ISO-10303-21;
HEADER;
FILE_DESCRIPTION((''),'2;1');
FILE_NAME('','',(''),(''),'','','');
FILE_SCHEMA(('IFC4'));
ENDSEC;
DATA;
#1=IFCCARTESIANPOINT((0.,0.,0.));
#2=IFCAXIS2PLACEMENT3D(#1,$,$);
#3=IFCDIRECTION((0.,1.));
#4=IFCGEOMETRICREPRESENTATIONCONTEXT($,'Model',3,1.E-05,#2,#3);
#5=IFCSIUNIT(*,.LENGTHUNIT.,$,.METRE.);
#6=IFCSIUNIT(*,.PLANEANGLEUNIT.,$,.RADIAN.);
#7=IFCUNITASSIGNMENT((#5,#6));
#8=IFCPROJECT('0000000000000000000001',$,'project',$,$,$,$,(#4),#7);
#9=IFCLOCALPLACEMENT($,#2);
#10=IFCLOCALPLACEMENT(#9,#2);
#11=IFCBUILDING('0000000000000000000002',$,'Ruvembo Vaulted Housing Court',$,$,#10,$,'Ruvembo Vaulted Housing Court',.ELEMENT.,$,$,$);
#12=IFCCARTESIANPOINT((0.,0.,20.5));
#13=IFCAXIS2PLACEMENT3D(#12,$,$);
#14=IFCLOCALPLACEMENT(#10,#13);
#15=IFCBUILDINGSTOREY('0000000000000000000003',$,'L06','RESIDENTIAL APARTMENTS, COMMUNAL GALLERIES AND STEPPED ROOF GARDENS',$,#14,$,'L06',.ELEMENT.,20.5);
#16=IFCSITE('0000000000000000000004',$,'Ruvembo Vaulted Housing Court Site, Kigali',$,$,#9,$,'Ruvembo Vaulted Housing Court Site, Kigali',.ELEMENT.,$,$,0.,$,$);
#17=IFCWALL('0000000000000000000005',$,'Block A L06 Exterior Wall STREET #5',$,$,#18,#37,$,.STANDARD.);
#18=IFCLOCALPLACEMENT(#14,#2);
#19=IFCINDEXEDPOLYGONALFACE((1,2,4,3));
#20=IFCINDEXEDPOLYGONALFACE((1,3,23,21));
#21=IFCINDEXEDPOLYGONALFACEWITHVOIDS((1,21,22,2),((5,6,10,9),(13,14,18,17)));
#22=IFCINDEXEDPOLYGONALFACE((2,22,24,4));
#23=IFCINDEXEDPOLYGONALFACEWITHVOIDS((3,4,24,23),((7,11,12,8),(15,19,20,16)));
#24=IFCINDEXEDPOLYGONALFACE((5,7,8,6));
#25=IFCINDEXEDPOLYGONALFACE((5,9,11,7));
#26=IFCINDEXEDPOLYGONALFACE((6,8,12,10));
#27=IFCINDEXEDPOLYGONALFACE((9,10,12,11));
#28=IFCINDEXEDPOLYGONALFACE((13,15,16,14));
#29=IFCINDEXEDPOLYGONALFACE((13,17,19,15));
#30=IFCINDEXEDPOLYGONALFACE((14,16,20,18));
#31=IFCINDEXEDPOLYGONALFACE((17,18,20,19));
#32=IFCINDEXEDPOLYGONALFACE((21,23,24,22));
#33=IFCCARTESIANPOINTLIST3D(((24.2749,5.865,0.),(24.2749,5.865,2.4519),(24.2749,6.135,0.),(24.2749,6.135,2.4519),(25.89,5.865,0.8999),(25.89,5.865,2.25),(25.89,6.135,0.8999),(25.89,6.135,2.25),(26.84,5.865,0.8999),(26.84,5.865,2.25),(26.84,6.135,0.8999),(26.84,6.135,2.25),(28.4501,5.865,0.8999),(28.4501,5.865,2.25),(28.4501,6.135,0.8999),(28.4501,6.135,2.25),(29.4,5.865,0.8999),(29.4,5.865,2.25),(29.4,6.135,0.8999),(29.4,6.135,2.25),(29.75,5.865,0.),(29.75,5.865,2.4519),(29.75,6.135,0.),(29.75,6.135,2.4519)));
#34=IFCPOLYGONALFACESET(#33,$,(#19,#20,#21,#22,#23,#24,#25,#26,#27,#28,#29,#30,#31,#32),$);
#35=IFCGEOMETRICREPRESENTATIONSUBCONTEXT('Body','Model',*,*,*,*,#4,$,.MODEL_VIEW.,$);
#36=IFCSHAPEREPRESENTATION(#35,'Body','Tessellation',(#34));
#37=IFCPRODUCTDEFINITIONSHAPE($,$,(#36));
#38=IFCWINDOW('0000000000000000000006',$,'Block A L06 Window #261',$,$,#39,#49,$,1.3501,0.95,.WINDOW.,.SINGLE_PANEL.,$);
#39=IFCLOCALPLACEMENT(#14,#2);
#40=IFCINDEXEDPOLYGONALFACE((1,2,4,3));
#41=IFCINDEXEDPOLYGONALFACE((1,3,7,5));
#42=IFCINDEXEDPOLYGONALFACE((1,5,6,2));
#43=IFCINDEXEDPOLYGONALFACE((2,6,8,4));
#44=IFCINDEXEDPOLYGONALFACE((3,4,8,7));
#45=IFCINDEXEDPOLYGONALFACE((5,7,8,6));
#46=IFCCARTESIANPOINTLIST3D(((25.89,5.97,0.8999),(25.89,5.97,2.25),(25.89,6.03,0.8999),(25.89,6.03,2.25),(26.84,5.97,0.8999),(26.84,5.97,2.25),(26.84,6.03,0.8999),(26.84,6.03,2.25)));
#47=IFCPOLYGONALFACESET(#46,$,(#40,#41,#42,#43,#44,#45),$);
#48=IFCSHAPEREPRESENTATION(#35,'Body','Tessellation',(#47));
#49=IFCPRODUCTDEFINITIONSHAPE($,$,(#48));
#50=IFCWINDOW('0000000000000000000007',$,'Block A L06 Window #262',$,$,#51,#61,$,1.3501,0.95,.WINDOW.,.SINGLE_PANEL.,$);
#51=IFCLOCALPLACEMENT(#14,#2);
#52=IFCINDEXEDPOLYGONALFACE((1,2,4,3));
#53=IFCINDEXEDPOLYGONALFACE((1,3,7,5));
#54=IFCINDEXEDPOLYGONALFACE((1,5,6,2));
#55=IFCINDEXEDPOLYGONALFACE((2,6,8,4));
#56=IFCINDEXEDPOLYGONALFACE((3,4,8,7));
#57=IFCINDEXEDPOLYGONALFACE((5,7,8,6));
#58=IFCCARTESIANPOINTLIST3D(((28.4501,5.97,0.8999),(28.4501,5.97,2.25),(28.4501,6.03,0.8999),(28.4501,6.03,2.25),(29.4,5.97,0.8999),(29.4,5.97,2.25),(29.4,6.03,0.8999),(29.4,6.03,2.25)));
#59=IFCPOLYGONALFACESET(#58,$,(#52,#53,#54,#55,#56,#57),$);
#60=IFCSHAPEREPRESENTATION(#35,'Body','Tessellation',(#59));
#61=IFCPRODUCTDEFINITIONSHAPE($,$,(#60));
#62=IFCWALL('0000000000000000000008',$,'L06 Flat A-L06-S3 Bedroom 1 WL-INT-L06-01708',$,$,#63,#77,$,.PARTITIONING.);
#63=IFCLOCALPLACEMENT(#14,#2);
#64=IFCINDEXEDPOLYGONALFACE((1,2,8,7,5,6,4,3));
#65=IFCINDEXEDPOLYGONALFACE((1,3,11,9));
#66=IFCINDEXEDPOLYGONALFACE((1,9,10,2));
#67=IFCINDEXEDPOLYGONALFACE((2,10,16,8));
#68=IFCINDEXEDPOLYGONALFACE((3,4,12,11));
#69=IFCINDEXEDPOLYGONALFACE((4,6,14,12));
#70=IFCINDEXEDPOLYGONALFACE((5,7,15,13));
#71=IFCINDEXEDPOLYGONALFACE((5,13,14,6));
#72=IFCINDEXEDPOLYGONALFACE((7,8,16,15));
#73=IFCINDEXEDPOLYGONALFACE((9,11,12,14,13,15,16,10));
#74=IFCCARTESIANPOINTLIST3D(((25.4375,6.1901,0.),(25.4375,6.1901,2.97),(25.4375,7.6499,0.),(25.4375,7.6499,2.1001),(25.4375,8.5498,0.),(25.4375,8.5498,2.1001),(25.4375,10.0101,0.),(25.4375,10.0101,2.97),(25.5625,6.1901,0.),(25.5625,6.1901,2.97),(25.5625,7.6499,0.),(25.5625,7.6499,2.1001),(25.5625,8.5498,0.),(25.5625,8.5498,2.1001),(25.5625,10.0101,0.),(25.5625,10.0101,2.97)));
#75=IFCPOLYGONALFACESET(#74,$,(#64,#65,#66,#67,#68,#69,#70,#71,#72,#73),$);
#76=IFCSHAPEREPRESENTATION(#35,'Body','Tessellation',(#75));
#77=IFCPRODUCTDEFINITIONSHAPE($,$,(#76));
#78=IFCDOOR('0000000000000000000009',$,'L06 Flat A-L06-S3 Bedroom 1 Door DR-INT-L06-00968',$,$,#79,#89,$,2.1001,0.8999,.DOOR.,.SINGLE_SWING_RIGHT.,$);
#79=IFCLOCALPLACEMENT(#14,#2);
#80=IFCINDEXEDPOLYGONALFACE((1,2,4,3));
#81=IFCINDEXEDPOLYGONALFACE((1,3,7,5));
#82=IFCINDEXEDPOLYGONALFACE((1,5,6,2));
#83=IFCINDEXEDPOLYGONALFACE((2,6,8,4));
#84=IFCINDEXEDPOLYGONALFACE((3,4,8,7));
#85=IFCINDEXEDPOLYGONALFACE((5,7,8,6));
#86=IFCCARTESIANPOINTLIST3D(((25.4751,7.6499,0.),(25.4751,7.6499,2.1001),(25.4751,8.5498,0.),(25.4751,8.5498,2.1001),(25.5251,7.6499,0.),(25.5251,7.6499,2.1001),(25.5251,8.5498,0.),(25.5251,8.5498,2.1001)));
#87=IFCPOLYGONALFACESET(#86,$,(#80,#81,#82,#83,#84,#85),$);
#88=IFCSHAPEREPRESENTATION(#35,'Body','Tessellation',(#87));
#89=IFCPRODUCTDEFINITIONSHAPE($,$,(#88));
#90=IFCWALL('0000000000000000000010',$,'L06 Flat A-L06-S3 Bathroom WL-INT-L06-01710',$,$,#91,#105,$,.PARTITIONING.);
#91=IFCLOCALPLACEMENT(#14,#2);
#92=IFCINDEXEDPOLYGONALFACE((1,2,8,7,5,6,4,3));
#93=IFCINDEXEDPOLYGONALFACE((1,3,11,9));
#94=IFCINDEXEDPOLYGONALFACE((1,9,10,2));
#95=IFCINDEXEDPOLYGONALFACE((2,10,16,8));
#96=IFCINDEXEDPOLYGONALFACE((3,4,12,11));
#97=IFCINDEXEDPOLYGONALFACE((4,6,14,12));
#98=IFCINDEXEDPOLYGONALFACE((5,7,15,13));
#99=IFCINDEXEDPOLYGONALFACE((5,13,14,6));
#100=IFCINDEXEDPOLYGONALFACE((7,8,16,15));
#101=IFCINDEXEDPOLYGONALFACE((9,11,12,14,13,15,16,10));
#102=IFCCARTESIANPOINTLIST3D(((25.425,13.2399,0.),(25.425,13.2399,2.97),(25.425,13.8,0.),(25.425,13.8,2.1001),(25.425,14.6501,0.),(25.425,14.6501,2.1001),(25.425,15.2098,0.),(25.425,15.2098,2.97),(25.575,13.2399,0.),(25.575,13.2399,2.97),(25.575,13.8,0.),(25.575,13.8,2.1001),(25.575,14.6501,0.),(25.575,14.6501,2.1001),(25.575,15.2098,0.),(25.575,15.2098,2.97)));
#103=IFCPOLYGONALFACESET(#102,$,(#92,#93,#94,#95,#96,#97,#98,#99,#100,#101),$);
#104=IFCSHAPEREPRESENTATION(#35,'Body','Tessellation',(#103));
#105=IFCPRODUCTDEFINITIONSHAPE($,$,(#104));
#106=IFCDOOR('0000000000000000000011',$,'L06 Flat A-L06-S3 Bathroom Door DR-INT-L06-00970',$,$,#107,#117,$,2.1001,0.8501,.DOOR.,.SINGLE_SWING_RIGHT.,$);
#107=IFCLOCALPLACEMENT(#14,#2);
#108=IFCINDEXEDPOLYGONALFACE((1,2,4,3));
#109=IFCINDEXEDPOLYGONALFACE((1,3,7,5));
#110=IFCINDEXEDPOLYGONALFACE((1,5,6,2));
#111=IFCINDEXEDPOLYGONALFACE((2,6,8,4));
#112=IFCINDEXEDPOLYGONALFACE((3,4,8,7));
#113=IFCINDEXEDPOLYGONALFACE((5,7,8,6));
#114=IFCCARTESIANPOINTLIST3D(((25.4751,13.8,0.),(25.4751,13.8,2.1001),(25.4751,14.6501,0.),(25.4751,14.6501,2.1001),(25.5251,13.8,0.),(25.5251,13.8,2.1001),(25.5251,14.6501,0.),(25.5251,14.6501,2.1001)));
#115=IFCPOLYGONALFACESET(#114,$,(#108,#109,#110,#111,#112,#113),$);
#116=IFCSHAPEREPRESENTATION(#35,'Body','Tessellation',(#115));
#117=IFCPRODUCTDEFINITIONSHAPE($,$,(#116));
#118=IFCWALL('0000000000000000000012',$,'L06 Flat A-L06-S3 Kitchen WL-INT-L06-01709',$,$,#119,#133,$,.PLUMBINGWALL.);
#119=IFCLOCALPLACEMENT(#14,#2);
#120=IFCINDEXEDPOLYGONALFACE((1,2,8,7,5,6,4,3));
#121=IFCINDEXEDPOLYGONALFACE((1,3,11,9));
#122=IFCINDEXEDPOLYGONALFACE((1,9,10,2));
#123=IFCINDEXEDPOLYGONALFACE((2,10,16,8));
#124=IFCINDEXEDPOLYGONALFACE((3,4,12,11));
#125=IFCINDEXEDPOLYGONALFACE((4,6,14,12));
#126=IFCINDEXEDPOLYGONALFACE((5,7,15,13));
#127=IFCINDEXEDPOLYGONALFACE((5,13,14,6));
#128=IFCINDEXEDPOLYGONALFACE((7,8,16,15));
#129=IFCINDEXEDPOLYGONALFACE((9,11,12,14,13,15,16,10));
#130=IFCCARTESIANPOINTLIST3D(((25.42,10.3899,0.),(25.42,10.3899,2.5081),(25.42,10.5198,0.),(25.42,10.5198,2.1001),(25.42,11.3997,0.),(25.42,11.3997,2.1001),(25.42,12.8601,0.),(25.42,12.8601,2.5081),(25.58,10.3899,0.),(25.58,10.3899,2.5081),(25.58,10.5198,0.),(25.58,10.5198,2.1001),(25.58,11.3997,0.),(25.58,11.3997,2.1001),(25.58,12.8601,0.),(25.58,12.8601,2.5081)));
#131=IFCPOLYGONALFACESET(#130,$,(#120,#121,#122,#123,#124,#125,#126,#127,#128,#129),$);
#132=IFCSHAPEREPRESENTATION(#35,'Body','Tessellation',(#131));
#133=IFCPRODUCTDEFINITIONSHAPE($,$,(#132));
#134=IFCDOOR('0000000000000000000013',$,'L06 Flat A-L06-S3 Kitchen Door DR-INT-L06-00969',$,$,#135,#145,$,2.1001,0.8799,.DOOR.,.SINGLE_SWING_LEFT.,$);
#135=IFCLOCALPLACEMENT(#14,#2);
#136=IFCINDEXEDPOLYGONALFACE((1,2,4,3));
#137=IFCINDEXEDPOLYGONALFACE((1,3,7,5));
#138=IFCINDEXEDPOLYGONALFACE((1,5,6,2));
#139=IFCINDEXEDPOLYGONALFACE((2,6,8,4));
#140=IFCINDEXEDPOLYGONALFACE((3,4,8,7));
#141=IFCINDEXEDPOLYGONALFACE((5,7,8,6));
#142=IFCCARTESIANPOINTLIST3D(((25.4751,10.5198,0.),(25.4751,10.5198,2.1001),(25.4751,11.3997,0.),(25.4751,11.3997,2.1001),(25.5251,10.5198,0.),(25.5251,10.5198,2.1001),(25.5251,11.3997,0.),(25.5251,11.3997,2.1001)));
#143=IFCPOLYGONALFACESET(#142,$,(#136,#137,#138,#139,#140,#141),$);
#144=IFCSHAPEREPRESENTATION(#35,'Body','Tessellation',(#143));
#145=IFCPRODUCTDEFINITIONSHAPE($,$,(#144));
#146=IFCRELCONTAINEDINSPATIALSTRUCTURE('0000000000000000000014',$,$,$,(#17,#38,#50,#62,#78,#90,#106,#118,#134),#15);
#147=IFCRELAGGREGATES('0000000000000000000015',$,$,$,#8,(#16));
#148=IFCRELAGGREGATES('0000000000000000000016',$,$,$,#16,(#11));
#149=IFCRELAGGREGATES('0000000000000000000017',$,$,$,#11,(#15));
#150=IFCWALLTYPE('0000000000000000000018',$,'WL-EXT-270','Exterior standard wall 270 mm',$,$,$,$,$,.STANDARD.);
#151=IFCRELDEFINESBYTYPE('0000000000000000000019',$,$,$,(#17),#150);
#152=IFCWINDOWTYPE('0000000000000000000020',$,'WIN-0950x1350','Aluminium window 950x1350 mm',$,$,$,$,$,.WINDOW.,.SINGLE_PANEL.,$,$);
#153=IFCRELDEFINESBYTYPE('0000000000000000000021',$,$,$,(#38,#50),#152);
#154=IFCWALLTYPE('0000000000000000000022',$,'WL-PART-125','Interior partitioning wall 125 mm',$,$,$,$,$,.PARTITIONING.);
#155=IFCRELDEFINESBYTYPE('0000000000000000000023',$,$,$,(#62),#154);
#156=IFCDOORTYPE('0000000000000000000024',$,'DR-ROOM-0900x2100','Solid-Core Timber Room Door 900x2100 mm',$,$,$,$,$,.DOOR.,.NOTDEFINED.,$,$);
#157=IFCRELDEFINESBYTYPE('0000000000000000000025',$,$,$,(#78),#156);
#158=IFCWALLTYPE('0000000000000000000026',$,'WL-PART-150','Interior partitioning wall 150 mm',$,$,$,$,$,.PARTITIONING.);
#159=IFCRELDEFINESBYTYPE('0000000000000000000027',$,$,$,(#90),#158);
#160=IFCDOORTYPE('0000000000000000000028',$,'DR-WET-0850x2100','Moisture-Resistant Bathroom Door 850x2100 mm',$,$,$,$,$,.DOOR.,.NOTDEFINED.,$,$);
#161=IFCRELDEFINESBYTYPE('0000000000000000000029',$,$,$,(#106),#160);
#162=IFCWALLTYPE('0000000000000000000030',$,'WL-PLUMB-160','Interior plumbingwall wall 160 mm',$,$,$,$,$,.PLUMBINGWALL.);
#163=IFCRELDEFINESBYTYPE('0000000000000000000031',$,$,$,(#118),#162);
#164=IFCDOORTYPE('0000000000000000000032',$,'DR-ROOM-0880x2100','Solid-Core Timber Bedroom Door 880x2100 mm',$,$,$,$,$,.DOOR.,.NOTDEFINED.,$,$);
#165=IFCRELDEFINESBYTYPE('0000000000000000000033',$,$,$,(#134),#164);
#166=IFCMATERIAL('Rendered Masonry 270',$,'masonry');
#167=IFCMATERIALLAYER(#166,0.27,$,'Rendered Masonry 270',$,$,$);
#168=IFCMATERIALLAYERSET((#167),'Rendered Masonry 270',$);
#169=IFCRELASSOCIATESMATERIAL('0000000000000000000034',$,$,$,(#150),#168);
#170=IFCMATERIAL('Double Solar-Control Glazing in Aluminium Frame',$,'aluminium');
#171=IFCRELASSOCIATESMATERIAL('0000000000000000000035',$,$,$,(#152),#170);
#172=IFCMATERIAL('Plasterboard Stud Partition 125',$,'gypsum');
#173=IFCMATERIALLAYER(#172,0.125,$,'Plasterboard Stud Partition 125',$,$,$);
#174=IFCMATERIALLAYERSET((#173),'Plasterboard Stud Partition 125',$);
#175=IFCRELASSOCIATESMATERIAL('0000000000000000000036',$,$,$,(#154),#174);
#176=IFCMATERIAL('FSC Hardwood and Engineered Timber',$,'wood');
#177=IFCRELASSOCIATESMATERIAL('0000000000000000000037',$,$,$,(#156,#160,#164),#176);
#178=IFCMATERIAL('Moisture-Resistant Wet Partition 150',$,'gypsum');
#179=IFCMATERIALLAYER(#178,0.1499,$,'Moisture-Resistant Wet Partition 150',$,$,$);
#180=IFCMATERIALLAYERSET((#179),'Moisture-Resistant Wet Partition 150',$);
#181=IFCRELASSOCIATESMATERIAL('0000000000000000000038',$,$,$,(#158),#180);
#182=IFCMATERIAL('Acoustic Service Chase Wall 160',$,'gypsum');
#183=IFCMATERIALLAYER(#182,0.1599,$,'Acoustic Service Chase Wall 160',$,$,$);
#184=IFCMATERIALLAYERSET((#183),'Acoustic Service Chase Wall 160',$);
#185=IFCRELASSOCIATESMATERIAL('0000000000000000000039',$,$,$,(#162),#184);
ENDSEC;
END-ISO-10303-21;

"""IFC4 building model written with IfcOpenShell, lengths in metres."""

from ifc_helpers import new_model, si_unit, direction, frame, frame_2d, origin, place, context, subcontext, project, spatial, rectangle, extrude, material, layer, layer_set, type_object, element, fill, save


model = new_model("IFC4")

# Units and contexts
model_context = context("Model", 3, precision=1e-05, world=origin(), true_north=direction((0.0, 1.0)))
body_context = subcontext(model_context, "Body", "Model", "MODEL_VIEW")
ifc_project = project(units=[si_unit("LENGTHUNIT", "METRE"), si_unit("PLANEANGLEUNIT", "RADIAN")], contexts=[model_context])

# Site, building, storey
site_placement = place(None, origin())
site = spatial("IfcSite", under=ifc_project, at=site_placement, Name="Ruvembo Vaulted Housing Court Site, Kigali", LongName="Ruvembo Vaulted Housing Court Site, Kigali", CompositionType="ELEMENT", RefElevation=0.0)
building_placement = place(site_placement, origin())
building = spatial("IfcBuilding", under=site, at=building_placement, Name="Ruvembo Vaulted Housing Court", LongName="Ruvembo Vaulted Housing Court", CompositionType="ELEMENT")
storey_placement = place(building_placement, frame((0.0, 0.0, 20.5)))
storey = spatial("IfcBuildingStorey", under=building, at=storey_placement, Name="L06", Description="RESIDENTIAL APARTMENTS, COMMUNAL GALLERIES AND STEPPED ROOF GARDENS", LongName="L06", CompositionType="ELEMENT", Elevation=20.5)

# Shared definitions
ifc_material_1 = material(Name="FSC Hardwood and Engineered Timber", Category="wood")

# Wall, openings, windows
ifc_material_2 = material(Name="Rendered Masonry 270", Category="masonry")
ifc_layer_1 = layer(ifc_material_2, 0.27, Name="Rendered Masonry 270")
ifc_layer_set_1 = layer_set([ifc_layer_1], Name="Rendered Masonry 270")
wall_type_1 = type_object("IfcWallType", Name="WL-EXT-270", Description="Exterior standard wall 270 mm", PredefinedType="STANDARD", material=ifc_layer_set_1)
wall_1_placement = place(storey_placement, frame((24.2749, 6.0, 0.0), z_axis=(0.0, 0.0, 1.0), x_axis=(1.0, 0.0, 0.0)))
wall_1 = element("IfcWall", 1, at=wall_1_placement, inside=storey, type_object=wall_type_1, Name="Block A L06 Exterior Wall STREET #5", PredefinedType="STANDARD", context=body_context, shape_type="SweptSolid", body=[
    extrude(rectangle(XDim=5.4751, YDim=0.27, at=frame_2d((2.7375, 0.0))), origin(), (0.0, 0.0, 1.0), 2.4519),
])
opening_1_placement = place(wall_1_placement, frame((1.615, 0.0, 0.8999)))
opening_1 = element("IfcOpeningElement", 2, at=opening_1_placement, cuts=wall_1, PredefinedType="OPENING", context=body_context, shape_type="SweptSolid", body=[
    extrude(rectangle(XDim=0.95, YDim=1.3501, at=frame_2d((0.4751, 0.675))), frame((0.0, 0.145, 0.0), z_axis=(0.0, -1.0, 0.0), x_axis=(1.0, 0.0, 0.0)), (0.0, 0.0, 1.0), 0.29),
])
opening_2_placement = place(wall_1_placement, frame((4.175, 0.0, 0.8999)))
opening_2 = element("IfcOpeningElement", 3, at=opening_2_placement, cuts=wall_1, PredefinedType="OPENING", context=body_context, shape_type="SweptSolid", body=[
    extrude(rectangle(XDim=0.95, YDim=1.3501, at=frame_2d((0.4751, 0.675))), frame((0.0, 0.145, 0.0), z_axis=(0.0, -1.0, 0.0), x_axis=(1.0, 0.0, 0.0)), (0.0, 0.0, 1.0), 0.29),
])
ifc_material_3 = material(Name="Double Solar-Control Glazing in Aluminium Frame", Category="aluminium")
window_type = type_object("IfcWindowType", Name="WIN-0950x1350", Description="Aluminium window 950x1350 mm", PartitioningType="SINGLE_PANEL", PredefinedType="WINDOW", material=ifc_material_3)
window_1_placement = place(opening_1_placement, origin())
window_1 = element("IfcWindow", 4, at=window_1_placement, inside=storey, type_object=window_type, Name="Block A L06 Window #261", OverallHeight=1.3501, OverallWidth=0.95, PartitioningType="SINGLE_PANEL", PredefinedType="WINDOW", context=body_context, shape_type="SweptSolid", body=[
    extrude(rectangle(XDim=0.95, YDim=1.3501, at=frame_2d((0.4751, 0.675))), frame((0.0, 0.03, 0.0), z_axis=(0.0, -1.0, 0.0), x_axis=(1.0, 0.0, 0.0)), (0.0, 0.0, 1.0), 0.0601),
])
fill(opening_1, window_1)
window_2_placement = place(opening_2_placement, origin())
window_2 = element("IfcWindow", 5, at=window_2_placement, inside=storey, type_object=window_type, Name="Block A L06 Window #262", OverallHeight=1.3501, OverallWidth=0.95, PartitioningType="SINGLE_PANEL", PredefinedType="WINDOW", context=body_context, shape_type="SweptSolid", body=[
    extrude(rectangle(XDim=0.95, YDim=1.3501, at=frame_2d((0.4751, 0.675))), frame((0.0, 0.03, 0.0), z_axis=(0.0, -1.0, 0.0), x_axis=(1.0, 0.0, 0.0)), (0.0, 0.0, 1.0), 0.0601),
])
fill(opening_2, window_2)

# Walls, openings, doors
ifc_material_4 = material(Name="Plasterboard Stud Partition 125", Category="gypsum")
ifc_layer_2 = layer(ifc_material_4, 0.125, Name="Plasterboard Stud Partition 125")
ifc_layer_set_2 = layer_set([ifc_layer_2], Name="Plasterboard Stud Partition 125")
wall_type_2 = type_object("IfcWallType", Name="WL-PART-125", Description="Interior partitioning wall 125 mm", PredefinedType="PARTITIONING", material=ifc_layer_set_2)
wall_2_placement = place(storey_placement, frame((25.5, 6.1899, 0.0), z_axis=(0.0, 0.0, 1.0), x_axis=(0.0, 1.0, 0.0)))
wall_2 = element("IfcWall", 6, at=wall_2_placement, inside=storey, type_object=wall_type_2, Name="L06 Flat A-L06-S3 Bedroom 1 WL-INT-L06-01708", PredefinedType="PARTITIONING", context=body_context, shape_type="SweptSolid", body=[
    extrude(rectangle(XDim=3.8201, YDim=0.125, at=frame_2d((1.9102, 0.0))), origin(), (0.0, 0.0, 1.0), 2.97),
])
opening_3_placement = place(wall_2_placement, frame((1.46, 0.0, 0.0)))
opening_3 = element("IfcOpeningElement", 7, at=opening_3_placement, cuts=wall_2, PredefinedType="OPENING", context=body_context, shape_type="SweptSolid", body=[
    extrude(rectangle(XDim=0.8999, YDim=2.1001, at=frame_2d((0.45, 1.05))), frame((0.0, 0.0725, 0.0), z_axis=(0.0, -1.0, 0.0), x_axis=(1.0, 0.0, 0.0)), (0.0, 0.0, 1.0), 0.145),
])
door_type_1 = type_object("IfcDoorType", Name="DR-ROOM-0900x2100", Description="Solid-Core Timber Room Door 900x2100 mm", OperationType="NOTDEFINED", PredefinedType="DOOR", material=ifc_material_1)
door_1_placement = place(opening_3_placement, origin())
door_1 = element("IfcDoor", 8, at=door_1_placement, inside=storey, type_object=door_type_1, Name="L06 Flat A-L06-S3 Bedroom 1 Door DR-INT-L06-00968", OperationType="SINGLE_SWING_RIGHT", OverallHeight=2.1001, OverallWidth=0.8999, PredefinedType="DOOR", context=body_context, shape_type="SweptSolid", body=[
    extrude(rectangle(XDim=0.8999, YDim=2.1001, at=frame_2d((0.45, 1.05))), frame((0.0, 0.0249, 0.0), z_axis=(0.0, -1.0, 0.0), x_axis=(1.0, 0.0, 0.0)), (0.0, 0.0, 1.0), 0.05),
])
fill(opening_3, door_1)
ifc_material_5 = material(Name="Moisture-Resistant Wet Partition 150", Category="gypsum")
ifc_layer_3 = layer(ifc_material_5, 0.1499, Name="Moisture-Resistant Wet Partition 150")
ifc_layer_set_3 = layer_set([ifc_layer_3], Name="Moisture-Resistant Wet Partition 150")
wall_type_3 = type_object("IfcWallType", Name="WL-PART-150", Description="Interior partitioning wall 150 mm", PredefinedType="PARTITIONING", material=ifc_layer_set_3)
wall_3_placement = place(storey_placement, frame((25.5, 13.24, 0.0), z_axis=(0.0, 0.0, 1.0), x_axis=(0.0, 1.0, 0.0)))
wall_3 = element("IfcWall", 9, at=wall_3_placement, inside=storey, type_object=wall_type_3, Name="L06 Flat A-L06-S3 Bathroom WL-INT-L06-01710", PredefinedType="PARTITIONING", context=body_context, shape_type="SweptSolid", body=[
    extrude(rectangle(XDim=1.97, YDim=0.1499, at=frame_2d((0.9849, 0.0))), origin(), (0.0, 0.0, 1.0), 2.97),
])
opening_4_placement = place(wall_3_placement, frame((0.5601, 0.0, 0.0)))
opening_4 = element("IfcOpeningElement", 10, at=opening_4_placement, cuts=wall_3, PredefinedType="OPENING", context=body_context, shape_type="SweptSolid", body=[
    extrude(rectangle(XDim=0.8501, YDim=2.1001, at=frame_2d((0.425, 1.05))), frame((0.0, 0.085, 0.0), z_axis=(0.0, -1.0, 0.0), x_axis=(1.0, 0.0, 0.0)), (0.0, 0.0, 1.0), 0.1699),
])
door_type_2 = type_object("IfcDoorType", Name="DR-WET-0850x2100", Description="Moisture-Resistant Bathroom Door 850x2100 mm", OperationType="NOTDEFINED", PredefinedType="DOOR", material=ifc_material_1)
door_2_placement = place(opening_4_placement, origin())
door_2 = element("IfcDoor", 11, at=door_2_placement, inside=storey, type_object=door_type_2, Name="L06 Flat A-L06-S3 Bathroom Door DR-INT-L06-00970", OperationType="SINGLE_SWING_RIGHT", OverallHeight=2.1001, OverallWidth=0.8501, PredefinedType="DOOR", context=body_context, shape_type="SweptSolid", body=[
    extrude(rectangle(XDim=0.8501, YDim=2.1001, at=frame_2d((0.425, 1.05))), frame((0.0, 0.0249, 0.0), z_axis=(0.0, -1.0, 0.0), x_axis=(1.0, 0.0, 0.0)), (0.0, 0.0, 1.0), 0.05),
])
fill(opening_4, door_2)
ifc_material_6 = material(Name="Acoustic Service Chase Wall 160", Category="gypsum")
ifc_layer_4 = layer(ifc_material_6, 0.1599, Name="Acoustic Service Chase Wall 160")
ifc_layer_set_4 = layer_set([ifc_layer_4], Name="Acoustic Service Chase Wall 160")
wall_type_4 = type_object("IfcWallType", Name="WL-PLUMB-160", Description="Interior plumbingwall wall 160 mm", PredefinedType="PLUMBINGWALL", material=ifc_layer_set_4)
wall_4_placement = place(storey_placement, frame((25.5, 10.3899, 0.0), z_axis=(0.0, 0.0, 1.0), x_axis=(0.0, 1.0, 0.0)))
wall_4 = element("IfcWall", 12, at=wall_4_placement, inside=storey, type_object=wall_type_4, Name="L06 Flat A-L06-S3 Kitchen WL-INT-L06-01709", PredefinedType="PLUMBINGWALL", context=body_context, shape_type="SweptSolid", body=[
    extrude(rectangle(XDim=2.4702, YDim=0.1599, at=frame_2d((1.2351, 0.0))), origin(), (0.0, 0.0, 1.0), 2.5081),
])
opening_5_placement = place(wall_4_placement, frame((0.1299, 0.0, 0.0)))
opening_5 = element("IfcOpeningElement", 13, at=opening_5_placement, cuts=wall_4, PredefinedType="OPENING", context=body_context, shape_type="SweptSolid", body=[
    extrude(rectangle(XDim=0.8799, YDim=2.1001, at=frame_2d((0.4399, 1.05))), frame((0.0, 0.0898, 0.0), z_axis=(0.0, -1.0, 0.0), x_axis=(1.0, 0.0, 0.0)), (0.0, 0.0, 1.0), 0.1799),
])
door_type_3 = type_object("IfcDoorType", Name="DR-ROOM-0880x2100", Description="Solid-Core Timber Bedroom Door 880x2100 mm", OperationType="NOTDEFINED", PredefinedType="DOOR", material=ifc_material_1)
door_3_placement = place(opening_5_placement, origin())
door_3 = element("IfcDoor", 14, at=door_3_placement, inside=storey, type_object=door_type_3, Name="L06 Flat A-L06-S3 Kitchen Door DR-INT-L06-00969", OperationType="SINGLE_SWING_LEFT", OverallHeight=2.1001, OverallWidth=0.8799, PredefinedType="DOOR", context=body_context, shape_type="SweptSolid", body=[
    extrude(rectangle(XDim=0.8799, YDim=2.1001, at=frame_2d((0.4399, 1.05))), frame((0.0, 0.0249, 0.0), z_axis=(0.0, -1.0, 0.0), x_axis=(1.0, 0.0, 0.0)), (0.0, 0.0, 1.0), 0.05),
])
fill(opening_5, door_3)

save(model, "model.ifc")
